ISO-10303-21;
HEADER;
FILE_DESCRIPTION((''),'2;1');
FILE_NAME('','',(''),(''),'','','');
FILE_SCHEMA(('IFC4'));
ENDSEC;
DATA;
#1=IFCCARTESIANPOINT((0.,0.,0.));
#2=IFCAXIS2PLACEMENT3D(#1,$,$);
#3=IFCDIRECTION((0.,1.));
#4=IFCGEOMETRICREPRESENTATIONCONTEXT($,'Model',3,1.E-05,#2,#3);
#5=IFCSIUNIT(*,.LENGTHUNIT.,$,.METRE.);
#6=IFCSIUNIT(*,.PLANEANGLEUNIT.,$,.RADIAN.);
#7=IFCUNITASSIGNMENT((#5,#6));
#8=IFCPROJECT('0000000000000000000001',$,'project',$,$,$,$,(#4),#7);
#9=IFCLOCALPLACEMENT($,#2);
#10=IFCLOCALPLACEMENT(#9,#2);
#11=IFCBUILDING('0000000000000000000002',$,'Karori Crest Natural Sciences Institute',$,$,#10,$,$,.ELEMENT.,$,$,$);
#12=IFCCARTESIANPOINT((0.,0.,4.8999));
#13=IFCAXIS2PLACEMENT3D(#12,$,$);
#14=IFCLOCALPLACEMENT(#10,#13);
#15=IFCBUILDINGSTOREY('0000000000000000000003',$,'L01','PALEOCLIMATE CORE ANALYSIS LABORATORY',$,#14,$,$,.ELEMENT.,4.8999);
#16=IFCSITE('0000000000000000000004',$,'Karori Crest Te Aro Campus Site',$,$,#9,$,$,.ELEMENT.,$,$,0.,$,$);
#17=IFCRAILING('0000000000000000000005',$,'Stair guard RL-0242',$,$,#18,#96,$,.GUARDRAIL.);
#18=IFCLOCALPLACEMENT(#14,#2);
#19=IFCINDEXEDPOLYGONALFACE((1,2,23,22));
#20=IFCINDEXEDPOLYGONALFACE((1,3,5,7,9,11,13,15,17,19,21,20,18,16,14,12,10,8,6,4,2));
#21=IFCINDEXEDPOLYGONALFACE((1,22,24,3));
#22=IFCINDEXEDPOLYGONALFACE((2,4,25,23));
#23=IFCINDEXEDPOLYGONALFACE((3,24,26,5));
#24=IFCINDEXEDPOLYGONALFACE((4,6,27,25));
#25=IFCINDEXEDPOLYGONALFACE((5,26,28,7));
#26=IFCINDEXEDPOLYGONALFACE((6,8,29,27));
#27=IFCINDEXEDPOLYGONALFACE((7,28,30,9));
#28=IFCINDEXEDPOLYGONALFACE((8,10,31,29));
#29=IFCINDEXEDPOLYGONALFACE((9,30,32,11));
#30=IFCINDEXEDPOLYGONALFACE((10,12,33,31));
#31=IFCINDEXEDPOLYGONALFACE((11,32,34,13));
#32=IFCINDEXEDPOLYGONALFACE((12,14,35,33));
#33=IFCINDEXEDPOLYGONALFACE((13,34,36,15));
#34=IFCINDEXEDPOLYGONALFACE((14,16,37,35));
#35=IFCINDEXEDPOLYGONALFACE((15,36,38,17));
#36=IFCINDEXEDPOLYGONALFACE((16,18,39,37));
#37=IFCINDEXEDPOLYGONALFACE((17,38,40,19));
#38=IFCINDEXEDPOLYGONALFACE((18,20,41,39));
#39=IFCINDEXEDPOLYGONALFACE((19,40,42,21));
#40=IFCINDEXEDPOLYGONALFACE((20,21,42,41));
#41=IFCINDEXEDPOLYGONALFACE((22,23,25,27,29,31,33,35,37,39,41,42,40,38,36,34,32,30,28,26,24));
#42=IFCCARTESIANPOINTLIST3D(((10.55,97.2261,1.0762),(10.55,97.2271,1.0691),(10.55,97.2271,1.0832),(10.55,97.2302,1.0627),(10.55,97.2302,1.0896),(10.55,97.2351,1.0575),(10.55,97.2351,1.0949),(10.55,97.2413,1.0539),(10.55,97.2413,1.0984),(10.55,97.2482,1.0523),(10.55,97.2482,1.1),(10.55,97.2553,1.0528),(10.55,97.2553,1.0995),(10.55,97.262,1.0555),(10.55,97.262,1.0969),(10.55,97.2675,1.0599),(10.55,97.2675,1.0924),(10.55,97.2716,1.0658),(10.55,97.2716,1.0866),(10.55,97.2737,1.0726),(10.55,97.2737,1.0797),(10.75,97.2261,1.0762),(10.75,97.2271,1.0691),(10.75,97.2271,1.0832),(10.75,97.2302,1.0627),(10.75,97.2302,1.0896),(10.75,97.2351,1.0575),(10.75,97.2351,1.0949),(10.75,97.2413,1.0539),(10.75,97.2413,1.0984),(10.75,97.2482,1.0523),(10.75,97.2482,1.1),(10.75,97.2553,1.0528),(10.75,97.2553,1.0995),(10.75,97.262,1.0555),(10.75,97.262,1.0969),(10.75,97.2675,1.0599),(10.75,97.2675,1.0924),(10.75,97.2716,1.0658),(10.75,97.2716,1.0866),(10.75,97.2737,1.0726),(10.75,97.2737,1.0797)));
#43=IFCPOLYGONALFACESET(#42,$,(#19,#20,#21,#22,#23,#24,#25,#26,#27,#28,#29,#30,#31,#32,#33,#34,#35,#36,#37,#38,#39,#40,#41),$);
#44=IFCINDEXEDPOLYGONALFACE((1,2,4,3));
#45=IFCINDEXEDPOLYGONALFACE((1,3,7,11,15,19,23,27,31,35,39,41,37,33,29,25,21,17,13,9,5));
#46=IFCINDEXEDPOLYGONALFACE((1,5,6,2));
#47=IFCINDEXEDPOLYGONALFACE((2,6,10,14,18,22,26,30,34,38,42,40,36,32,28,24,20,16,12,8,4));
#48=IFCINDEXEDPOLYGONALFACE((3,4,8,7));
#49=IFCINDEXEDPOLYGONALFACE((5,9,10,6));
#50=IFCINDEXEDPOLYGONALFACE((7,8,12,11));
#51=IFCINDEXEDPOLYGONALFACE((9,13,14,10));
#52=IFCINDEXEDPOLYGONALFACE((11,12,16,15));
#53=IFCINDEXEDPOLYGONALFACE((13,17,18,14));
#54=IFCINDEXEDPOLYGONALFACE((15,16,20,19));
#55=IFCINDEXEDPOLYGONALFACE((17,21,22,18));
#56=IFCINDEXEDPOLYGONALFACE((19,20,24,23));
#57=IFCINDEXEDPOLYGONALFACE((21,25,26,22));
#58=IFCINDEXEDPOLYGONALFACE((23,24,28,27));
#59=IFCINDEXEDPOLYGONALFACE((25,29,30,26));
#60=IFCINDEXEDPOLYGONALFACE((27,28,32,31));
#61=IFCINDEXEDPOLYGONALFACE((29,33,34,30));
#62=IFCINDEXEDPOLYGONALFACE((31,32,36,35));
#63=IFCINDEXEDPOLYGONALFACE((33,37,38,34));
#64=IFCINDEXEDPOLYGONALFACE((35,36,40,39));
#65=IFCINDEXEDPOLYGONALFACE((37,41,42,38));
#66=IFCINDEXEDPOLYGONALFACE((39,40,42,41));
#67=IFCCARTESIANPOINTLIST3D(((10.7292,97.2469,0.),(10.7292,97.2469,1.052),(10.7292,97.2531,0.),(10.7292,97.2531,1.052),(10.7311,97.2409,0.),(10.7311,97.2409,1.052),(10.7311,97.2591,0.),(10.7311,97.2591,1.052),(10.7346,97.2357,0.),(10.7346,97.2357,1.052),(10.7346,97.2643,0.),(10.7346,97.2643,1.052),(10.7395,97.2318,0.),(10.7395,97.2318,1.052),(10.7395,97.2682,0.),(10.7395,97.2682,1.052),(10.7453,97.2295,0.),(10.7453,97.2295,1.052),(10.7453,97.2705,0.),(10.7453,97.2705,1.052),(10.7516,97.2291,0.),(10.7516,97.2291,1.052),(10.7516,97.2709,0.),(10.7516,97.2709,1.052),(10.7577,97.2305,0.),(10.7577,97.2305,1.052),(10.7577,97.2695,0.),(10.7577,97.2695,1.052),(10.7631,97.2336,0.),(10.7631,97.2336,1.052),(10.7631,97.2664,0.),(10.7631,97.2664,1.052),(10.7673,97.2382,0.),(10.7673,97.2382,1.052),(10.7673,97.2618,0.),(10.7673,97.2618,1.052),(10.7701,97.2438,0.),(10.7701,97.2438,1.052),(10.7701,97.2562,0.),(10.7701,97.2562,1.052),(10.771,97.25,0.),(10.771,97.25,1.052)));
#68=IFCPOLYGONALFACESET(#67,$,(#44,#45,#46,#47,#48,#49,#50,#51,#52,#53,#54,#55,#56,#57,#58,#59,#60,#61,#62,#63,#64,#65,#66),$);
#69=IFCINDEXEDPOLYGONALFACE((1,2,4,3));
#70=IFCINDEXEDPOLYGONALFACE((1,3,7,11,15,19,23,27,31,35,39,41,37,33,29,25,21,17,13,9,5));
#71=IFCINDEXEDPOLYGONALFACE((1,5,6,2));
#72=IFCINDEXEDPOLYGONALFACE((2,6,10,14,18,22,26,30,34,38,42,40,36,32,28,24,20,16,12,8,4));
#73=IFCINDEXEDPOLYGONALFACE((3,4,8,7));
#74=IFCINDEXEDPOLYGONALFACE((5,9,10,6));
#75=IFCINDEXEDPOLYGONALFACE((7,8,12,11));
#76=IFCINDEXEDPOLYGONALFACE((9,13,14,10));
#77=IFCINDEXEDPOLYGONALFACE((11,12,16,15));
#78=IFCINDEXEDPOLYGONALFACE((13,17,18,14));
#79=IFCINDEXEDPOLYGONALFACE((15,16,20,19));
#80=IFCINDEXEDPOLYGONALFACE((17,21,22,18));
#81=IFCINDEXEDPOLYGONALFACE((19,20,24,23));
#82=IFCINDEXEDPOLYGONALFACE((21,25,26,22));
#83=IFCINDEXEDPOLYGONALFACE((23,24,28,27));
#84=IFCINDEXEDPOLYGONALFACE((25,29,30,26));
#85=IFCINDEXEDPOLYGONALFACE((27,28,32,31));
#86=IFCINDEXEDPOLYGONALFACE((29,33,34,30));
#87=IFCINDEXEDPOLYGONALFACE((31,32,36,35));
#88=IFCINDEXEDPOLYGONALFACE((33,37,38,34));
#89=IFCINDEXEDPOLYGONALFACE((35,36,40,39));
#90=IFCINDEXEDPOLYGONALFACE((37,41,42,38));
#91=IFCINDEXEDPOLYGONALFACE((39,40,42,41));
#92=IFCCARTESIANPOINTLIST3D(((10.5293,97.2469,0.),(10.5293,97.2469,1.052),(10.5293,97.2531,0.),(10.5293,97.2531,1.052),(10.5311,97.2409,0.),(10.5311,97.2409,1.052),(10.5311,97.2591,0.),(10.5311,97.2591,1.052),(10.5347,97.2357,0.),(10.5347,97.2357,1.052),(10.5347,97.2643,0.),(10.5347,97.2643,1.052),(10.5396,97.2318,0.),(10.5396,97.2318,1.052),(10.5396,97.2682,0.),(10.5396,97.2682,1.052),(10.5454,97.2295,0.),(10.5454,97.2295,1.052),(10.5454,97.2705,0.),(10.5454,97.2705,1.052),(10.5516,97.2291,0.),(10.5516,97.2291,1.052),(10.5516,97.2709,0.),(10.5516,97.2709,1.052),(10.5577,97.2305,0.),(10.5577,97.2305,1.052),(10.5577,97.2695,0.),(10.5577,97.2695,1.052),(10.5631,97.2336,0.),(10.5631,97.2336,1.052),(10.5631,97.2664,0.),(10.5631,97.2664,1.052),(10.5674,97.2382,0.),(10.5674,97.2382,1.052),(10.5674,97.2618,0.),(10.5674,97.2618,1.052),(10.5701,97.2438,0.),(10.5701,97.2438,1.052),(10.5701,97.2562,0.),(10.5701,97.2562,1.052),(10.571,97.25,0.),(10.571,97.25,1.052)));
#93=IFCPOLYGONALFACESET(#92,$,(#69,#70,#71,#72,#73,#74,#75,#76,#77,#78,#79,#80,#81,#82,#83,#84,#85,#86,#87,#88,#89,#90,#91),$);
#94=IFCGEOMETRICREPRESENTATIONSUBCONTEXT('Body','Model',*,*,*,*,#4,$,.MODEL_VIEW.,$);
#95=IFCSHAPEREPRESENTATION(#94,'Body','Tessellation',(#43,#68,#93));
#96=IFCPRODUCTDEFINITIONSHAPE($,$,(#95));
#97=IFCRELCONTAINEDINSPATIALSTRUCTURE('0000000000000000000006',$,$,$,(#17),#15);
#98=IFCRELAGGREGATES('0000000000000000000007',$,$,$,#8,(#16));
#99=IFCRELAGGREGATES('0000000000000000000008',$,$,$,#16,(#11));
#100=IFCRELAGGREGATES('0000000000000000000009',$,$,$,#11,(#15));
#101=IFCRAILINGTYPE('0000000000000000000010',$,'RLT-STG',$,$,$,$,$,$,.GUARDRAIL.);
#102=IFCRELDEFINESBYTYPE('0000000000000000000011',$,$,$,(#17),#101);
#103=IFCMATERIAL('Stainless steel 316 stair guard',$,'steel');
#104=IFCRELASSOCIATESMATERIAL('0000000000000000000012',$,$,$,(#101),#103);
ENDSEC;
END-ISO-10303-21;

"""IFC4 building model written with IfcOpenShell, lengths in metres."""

from ifc_helpers import new_model, si_unit, direction, frame, origin, origin_2d, place, context, subcontext, project, spatial, circle, extrude, material, type_object, element, save


model = new_model("IFC4")

# Units and contexts
model_context = context("Model", 3, precision=1e-05, world=origin(), true_north=direction((0.0, 1.0)))
body_context = subcontext(model_context, "Body", "Model", "MODEL_VIEW")
ifc_project = project(units=[si_unit("LENGTHUNIT", "METRE"), si_unit("PLANEANGLEUNIT", "RADIAN")], contexts=[model_context])

# Site, building, storey
site_placement = place(None, origin())
site = spatial("IfcSite", under=ifc_project, at=site_placement, Name="Karori Crest Te Aro Campus Site", CompositionType="ELEMENT", RefElevation=0.0)
building_placement = place(site_placement, origin())
building = spatial("IfcBuilding", under=site, at=building_placement, Name="Karori Crest Natural Sciences Institute", CompositionType="ELEMENT")
storey_placement = place(building_placement, frame((0.0, 0.0, 4.8999)))
storey = spatial("IfcBuildingStorey", under=building, at=storey_placement, Name="L01", Description="PALEOCLIMATE CORE ANALYSIS LABORATORY", CompositionType="ELEMENT", Elevation=4.8999)

# Railing
ifc_material_1 = material(Name="Stainless steel 316 stair guard", Category="steel")
railing_type_1 = type_object("IfcRailingType", Name="RLT-STG", PredefinedType="GUARDRAIL", material=ifc_material_1)
railing_1_placement = place(storey_placement, frame((10.75, 97.25, 0.0)))
element("IfcRailing", 1, at=railing_1_placement, inside=storey, type_object=railing_type_1, Name="Stair guard RL-0242", PredefinedType="GUARDRAIL", context=body_context, shape_type="SweptSolid", body=[
    extrude(circle(Radius=0.0239, at=origin_2d()), frame((0.0, 0.0, 1.0762), z_axis=(-1.0, 0.0, 0.0), x_axis=(0.0, -1.0, 0.0)), (0.0, 0.0, 1.0), 0.2),
    extrude(circle(Radius=0.021, at=origin_2d()), origin(), (0.0, 0.0, 1.0), 1.052),
    extrude(circle(Radius=0.021, at=origin_2d()), frame((-0.2, 0.0, 0.0)), (0.0, 0.0, 1.0), 1.052),
])

save(model, "model.ifc")
